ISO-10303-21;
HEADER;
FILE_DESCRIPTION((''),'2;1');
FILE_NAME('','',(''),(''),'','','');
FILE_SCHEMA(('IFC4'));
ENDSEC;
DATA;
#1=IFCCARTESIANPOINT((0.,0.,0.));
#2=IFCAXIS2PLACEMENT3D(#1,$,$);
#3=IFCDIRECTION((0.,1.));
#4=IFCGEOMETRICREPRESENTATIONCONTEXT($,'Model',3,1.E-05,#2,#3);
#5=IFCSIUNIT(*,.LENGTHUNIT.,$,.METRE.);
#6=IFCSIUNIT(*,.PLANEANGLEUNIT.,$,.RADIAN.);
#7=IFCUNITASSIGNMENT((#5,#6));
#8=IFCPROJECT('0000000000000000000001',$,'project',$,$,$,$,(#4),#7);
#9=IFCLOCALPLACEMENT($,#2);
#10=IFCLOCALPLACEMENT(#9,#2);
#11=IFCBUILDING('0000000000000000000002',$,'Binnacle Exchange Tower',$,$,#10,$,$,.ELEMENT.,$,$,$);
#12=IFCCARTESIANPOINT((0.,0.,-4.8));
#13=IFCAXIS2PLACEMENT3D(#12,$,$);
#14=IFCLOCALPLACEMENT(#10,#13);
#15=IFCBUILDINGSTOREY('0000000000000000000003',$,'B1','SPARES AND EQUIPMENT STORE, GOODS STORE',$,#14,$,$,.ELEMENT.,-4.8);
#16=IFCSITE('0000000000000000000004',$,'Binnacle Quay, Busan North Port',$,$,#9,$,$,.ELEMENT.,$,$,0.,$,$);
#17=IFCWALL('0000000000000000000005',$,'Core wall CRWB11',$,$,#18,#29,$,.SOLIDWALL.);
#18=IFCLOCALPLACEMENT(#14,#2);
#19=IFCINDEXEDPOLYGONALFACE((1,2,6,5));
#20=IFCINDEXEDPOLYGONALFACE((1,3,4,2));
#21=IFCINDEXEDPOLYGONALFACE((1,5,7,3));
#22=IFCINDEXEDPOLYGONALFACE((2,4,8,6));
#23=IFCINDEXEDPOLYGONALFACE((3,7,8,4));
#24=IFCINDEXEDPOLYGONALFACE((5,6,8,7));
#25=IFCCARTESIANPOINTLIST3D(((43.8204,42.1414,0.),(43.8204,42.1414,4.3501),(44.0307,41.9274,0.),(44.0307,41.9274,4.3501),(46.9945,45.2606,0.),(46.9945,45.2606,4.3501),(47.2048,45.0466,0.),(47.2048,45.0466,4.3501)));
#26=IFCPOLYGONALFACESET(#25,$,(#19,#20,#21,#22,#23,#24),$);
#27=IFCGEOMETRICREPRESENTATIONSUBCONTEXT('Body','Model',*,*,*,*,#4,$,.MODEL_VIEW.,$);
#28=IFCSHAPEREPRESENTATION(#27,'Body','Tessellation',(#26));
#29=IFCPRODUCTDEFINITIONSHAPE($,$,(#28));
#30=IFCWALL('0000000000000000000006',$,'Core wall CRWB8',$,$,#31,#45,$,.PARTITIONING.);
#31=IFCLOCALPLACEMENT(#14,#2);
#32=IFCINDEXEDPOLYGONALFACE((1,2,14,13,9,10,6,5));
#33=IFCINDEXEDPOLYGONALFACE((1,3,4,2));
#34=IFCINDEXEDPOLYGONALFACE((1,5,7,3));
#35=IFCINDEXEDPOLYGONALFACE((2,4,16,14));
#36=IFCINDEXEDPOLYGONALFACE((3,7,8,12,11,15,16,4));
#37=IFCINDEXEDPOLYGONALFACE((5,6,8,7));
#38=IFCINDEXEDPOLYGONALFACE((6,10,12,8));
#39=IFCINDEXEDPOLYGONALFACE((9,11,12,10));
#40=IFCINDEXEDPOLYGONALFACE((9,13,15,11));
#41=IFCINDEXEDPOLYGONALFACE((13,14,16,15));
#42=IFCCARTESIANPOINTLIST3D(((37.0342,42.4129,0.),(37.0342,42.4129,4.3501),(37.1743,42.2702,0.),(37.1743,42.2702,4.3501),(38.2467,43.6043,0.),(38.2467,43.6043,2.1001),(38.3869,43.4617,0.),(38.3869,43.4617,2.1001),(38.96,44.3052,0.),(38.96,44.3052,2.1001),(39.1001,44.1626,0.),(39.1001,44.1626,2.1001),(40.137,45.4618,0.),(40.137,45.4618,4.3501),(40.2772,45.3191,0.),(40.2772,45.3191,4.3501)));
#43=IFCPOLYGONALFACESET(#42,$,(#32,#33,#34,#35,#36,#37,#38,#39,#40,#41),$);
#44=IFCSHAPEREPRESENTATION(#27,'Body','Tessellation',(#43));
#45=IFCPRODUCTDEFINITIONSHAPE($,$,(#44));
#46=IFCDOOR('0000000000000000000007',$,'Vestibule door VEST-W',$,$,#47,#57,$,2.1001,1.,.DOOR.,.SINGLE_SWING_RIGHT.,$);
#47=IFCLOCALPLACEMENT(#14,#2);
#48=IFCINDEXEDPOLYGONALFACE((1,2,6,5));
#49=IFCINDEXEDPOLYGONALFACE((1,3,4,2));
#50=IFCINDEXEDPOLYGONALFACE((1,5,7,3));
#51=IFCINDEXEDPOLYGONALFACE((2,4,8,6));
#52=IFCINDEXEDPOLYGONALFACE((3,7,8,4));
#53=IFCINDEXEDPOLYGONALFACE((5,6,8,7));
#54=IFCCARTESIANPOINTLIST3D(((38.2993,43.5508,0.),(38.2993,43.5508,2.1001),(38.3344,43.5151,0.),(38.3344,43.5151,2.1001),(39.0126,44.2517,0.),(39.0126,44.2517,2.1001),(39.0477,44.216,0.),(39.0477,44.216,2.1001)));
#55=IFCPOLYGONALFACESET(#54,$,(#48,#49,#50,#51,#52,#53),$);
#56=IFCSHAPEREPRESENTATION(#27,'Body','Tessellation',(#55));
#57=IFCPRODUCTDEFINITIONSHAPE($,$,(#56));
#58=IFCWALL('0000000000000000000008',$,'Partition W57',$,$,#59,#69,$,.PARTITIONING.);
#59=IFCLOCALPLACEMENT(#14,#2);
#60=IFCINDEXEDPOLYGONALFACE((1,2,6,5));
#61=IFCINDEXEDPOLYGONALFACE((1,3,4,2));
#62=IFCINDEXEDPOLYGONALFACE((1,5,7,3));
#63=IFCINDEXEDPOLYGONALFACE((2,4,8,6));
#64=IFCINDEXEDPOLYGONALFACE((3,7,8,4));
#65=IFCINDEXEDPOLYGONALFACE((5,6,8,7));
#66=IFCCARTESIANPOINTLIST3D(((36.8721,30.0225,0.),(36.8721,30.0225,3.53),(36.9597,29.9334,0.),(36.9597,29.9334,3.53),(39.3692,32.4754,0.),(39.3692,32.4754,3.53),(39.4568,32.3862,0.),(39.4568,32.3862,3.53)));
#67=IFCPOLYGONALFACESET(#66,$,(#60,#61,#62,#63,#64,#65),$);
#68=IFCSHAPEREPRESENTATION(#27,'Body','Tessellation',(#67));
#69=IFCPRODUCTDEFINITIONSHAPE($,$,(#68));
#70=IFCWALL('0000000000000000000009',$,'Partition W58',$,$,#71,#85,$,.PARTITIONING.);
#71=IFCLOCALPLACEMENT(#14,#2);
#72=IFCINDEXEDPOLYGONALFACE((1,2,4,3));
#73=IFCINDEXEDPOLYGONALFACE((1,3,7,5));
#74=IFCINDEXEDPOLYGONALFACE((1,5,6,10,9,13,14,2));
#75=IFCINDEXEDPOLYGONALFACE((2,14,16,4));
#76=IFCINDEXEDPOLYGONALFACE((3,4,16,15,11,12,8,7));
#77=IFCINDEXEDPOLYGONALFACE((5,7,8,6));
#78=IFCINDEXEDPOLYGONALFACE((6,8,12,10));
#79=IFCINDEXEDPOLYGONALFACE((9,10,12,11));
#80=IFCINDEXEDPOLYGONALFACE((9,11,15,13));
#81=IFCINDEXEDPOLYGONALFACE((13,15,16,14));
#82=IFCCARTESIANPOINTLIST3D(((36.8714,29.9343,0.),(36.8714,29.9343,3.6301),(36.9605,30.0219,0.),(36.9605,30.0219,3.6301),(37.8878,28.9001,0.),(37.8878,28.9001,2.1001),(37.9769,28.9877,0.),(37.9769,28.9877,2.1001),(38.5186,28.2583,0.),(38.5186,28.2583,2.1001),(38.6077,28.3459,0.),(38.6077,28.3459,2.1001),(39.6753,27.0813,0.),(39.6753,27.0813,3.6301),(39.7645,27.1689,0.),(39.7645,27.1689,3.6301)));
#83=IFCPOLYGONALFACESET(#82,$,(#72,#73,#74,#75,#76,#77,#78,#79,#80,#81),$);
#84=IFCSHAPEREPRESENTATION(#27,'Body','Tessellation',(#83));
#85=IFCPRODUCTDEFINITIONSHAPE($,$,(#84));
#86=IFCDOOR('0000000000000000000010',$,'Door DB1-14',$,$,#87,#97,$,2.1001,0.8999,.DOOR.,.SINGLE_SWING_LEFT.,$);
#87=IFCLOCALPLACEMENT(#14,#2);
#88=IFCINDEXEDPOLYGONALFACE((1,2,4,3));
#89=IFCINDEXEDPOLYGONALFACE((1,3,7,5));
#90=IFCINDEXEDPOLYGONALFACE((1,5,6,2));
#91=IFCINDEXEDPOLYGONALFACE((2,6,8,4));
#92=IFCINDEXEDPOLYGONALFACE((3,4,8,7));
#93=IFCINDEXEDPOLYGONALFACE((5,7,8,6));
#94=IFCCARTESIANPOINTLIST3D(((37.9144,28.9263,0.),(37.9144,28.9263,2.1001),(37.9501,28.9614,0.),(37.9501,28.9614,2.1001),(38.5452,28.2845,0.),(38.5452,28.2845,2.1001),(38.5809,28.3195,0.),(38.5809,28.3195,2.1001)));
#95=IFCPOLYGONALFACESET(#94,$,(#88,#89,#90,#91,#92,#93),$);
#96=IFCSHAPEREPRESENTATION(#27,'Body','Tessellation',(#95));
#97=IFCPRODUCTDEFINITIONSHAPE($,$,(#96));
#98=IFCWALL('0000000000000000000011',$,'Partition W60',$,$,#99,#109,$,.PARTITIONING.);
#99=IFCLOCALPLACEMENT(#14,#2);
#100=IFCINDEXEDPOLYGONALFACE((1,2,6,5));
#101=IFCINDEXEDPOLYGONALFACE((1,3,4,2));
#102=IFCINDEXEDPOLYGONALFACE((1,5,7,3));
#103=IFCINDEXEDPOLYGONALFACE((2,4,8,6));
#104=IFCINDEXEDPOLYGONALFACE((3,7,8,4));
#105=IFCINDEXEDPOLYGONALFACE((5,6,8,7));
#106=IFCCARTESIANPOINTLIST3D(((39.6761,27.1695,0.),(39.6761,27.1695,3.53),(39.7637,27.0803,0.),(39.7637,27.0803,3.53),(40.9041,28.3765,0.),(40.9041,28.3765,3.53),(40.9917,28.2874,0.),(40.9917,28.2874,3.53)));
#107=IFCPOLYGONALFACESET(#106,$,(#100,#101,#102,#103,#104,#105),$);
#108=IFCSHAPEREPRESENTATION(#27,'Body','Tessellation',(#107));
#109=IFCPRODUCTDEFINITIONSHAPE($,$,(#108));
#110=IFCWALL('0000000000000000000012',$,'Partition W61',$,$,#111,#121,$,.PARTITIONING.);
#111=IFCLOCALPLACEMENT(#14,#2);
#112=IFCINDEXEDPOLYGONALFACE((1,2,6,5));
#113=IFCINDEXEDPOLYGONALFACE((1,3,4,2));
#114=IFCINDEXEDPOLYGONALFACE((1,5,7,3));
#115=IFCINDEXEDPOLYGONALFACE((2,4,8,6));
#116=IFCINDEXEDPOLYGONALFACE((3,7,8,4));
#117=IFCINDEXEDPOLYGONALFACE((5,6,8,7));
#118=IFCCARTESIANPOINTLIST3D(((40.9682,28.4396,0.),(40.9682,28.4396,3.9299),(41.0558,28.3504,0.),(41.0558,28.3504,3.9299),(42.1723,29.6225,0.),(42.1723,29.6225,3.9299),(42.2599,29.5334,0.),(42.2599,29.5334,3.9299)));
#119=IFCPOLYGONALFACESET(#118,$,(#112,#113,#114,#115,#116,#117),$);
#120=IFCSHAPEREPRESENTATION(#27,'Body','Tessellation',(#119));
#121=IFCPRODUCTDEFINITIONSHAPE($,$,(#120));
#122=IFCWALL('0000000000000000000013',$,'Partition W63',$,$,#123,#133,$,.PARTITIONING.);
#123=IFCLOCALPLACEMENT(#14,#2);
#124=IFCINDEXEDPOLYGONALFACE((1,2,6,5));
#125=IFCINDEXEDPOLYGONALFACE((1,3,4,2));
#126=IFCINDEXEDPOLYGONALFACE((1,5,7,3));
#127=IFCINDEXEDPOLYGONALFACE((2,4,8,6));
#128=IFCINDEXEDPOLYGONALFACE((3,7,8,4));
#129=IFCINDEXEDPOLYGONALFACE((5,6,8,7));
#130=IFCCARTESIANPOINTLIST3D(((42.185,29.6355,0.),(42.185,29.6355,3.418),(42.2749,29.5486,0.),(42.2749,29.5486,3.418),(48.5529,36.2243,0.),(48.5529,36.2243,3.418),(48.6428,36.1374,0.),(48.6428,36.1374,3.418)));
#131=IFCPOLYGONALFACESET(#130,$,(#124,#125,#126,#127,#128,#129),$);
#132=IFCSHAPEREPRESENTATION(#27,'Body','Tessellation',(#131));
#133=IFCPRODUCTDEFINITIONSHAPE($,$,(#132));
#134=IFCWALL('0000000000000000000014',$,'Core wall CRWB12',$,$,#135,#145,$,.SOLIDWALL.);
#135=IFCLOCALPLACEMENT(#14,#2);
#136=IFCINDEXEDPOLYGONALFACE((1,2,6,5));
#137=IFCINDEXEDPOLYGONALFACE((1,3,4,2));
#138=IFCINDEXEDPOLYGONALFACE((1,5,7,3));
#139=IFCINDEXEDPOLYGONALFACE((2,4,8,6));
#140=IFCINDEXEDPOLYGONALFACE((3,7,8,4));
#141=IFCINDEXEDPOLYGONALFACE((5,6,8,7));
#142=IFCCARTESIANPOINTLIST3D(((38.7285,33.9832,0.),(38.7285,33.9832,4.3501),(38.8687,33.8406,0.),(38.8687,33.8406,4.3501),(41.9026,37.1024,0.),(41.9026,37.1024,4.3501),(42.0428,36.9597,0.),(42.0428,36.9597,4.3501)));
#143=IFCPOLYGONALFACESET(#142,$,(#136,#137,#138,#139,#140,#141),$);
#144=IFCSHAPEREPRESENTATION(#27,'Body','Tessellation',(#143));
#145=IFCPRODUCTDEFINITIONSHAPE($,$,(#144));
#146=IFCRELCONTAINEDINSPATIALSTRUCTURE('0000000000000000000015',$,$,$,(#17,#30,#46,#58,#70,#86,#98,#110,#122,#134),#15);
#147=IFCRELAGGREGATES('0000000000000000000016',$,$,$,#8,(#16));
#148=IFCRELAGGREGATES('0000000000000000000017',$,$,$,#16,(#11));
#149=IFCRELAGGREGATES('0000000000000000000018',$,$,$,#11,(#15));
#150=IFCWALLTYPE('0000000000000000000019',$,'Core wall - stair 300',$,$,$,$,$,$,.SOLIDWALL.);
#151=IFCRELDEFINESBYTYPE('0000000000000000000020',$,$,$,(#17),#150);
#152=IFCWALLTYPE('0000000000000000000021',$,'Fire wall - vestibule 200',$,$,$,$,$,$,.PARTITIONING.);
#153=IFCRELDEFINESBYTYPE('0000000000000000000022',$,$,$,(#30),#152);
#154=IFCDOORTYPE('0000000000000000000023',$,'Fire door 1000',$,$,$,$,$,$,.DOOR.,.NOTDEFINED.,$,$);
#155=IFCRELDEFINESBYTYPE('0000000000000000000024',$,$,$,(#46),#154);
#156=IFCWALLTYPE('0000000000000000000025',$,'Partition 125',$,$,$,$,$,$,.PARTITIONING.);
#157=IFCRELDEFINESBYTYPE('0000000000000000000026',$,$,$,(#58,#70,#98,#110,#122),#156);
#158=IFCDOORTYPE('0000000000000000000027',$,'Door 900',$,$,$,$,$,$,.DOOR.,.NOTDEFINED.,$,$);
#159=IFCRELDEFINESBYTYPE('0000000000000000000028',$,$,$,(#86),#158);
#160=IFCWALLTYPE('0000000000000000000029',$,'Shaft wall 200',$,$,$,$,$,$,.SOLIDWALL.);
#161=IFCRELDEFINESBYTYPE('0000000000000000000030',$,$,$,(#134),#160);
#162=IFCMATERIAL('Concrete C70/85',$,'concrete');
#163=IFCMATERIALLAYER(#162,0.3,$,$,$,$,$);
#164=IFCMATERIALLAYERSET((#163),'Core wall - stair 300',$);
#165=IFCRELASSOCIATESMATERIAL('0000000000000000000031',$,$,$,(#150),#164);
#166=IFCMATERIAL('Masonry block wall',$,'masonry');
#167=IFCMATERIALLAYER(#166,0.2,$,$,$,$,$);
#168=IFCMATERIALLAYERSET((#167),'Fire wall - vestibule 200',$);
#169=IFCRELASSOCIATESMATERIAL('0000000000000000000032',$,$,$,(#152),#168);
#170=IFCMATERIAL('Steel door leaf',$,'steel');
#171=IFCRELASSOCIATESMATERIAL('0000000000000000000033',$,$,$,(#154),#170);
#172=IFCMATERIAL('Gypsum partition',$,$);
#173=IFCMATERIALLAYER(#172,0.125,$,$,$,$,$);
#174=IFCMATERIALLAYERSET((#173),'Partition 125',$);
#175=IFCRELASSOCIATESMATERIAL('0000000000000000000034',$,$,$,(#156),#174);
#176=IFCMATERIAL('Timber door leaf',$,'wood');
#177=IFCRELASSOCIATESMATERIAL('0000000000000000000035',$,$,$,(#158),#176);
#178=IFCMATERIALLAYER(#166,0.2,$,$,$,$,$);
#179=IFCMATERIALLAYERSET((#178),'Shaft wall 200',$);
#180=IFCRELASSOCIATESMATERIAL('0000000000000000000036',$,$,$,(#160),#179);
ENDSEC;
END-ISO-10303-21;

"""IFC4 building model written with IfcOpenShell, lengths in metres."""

from ifc_helpers import new_model, si_unit, direction, frame, frame_2d, origin, place, context, subcontext, project, spatial, rectangle, extrude, material, layer, layer_set, type_object, element, fill, save


model = new_model("IFC4")

# Units and contexts
model_context = context("Model", 3, precision=1e-05, world=origin(), true_north=direction((0.0, 1.0)))
body_context = subcontext(model_context, "Body", "Model", "MODEL_VIEW")
ifc_project = project(units=[si_unit("LENGTHUNIT", "METRE"), si_unit("PLANEANGLEUNIT", "RADIAN")], contexts=[model_context])

# Site, building, storey
site_placement = place(None, origin())
site = spatial("IfcSite", under=ifc_project, at=site_placement, Name="Binnacle Quay, Busan North Port", CompositionType="ELEMENT", RefElevation=0.0)
building_placement = place(site_placement, origin())
building = spatial("IfcBuilding", under=site, at=building_placement, Name="Binnacle Exchange Tower", CompositionType="ELEMENT")
storey_placement = place(building_placement, frame((0.0, 0.0, -4.8)))
storey = spatial("IfcBuildingStorey", under=building, at=storey_placement, Name="B1", Description="SPARES AND EQUIPMENT STORE, GOODS STORE", CompositionType="ELEMENT", Elevation=-4.8)

# Shared definitions
ifc_material_1 = material(Name="Concrete C70/85", Category="concrete")

# Shared definitions
ifc_material_2 = material(Name="Steel door leaf", Category="steel")

# Wall
ifc_layer_1 = layer(ifc_material_1, 0.3)
ifc_layer_set_1 = layer_set([ifc_layer_1], Name="Core wall - stair 300")
wall_type_1 = type_object("IfcWallType", Name="Core wall - stair 300", PredefinedType="SOLIDWALL", material=ifc_layer_set_1)
wall_1_placement = place(storey_placement, frame((43.9255, 42.0344, 0.0), z_axis=(0.0, 0.0, 1.0), x_axis=(0.713252, 0.700908, 0.0)))
element("IfcWall", 1, at=wall_1_placement, inside=storey, type_object=wall_type_1, Name="Core wall CRWB11", PredefinedType="SOLIDWALL", context=body_context, shape_type="SweptSolid", body=[
    extrude(rectangle(XDim=4.4502, YDim=0.3, at=frame_2d((2.2251, 0.0))), origin(), (0.0, 0.0, 1.0), 4.3501),
])

# Wall, opening, door
ifc_material_3 = material(Name="Masonry block wall", Category="masonry")
ifc_layer_2 = layer(ifc_material_3, 0.2)
ifc_layer_set_2 = layer_set([ifc_layer_2], Name="Fire wall - vestibule 200")
wall_type_2 = type_object("IfcWallType", Name="Fire wall - vestibule 200", PredefinedType="PARTITIONING", material=ifc_layer_set_2)
wall_2_placement = place(storey_placement, frame((37.1042, 42.3416, 0.0), z_axis=(0.0, 0.0, 1.0), x_axis=(0.713281, 0.700878, 0.0)))
wall_2 = element("IfcWall", 2, at=wall_2_placement, inside=storey, type_object=wall_type_2, Name="Core wall CRWB8", PredefinedType="PARTITIONING", context=body_context, shape_type="SweptSolid", body=[
    extrude(rectangle(XDim=4.3501, YDim=0.2, at=frame_2d((2.175, 0.0))), origin(), (0.0, 0.0, 1.0), 4.3501),
])
opening_1_placement = place(wall_2_placement, frame((1.7, 0.0, 0.0)))
opening_1 = element("IfcOpeningElement", 3, at=opening_1_placement, cuts=wall_2, PredefinedType="OPENING", context=body_context, shape_type="SweptSolid", body=[
    extrude(rectangle(XDim=1.0, YDim=2.1001, at=frame_2d((0.5, 1.05))), frame((0.0, 0.1099, 0.0), z_axis=(0.0, -1.0, 0.0), x_axis=(1.0, 0.0, 0.0)), (0.0, 0.0, 1.0), 0.22),
])
door_type_1 = type_object("IfcDoorType", Name="Fire door 1000", OperationType="NOTDEFINED", PredefinedType="DOOR", material=ifc_material_2)
door_1_placement = place(opening_1_placement, origin())
door_1 = element("IfcDoor", 4, at=door_1_placement, inside=storey, type_object=door_type_1, Name="Vestibule door VEST-W", OperationType="SINGLE_SWING_RIGHT", OverallHeight=2.1001, OverallWidth=1.0, PredefinedType="DOOR", context=body_context, shape_type="SweptSolid", body=[
    extrude(rectangle(XDim=1.0, YDim=2.1001, at=frame_2d((0.5, 1.05))), frame((0.0, 0.0249, 0.0), z_axis=(0.0, -1.0, 0.0), x_axis=(1.0, 0.0, 0.0)), (0.0, 0.0, 1.0), 0.05),
])
fill(opening_1, door_1)

# Wall
ifc_material_4 = material(Name="Gypsum partition")
ifc_layer_3 = layer(ifc_material_4, 0.125)
ifc_layer_set_3 = layer_set([ifc_layer_3], Name="Partition 125")
wall_type_3 = type_object("IfcWallType", Name="Partition 125", PredefinedType="PARTITIONING", material=ifc_layer_set_3)
wall_3_placement = place(storey_placement, frame((36.916, 29.978, 0.0), z_axis=(0.0, 0.0, 1.0), x_axis=(0.713391, 0.700766, 0.0)))
element("IfcWall", 5, at=wall_3_placement, inside=storey, type_object=wall_type_3, Name="Partition W57", PredefinedType="PARTITIONING", context=body_context, shape_type="SweptSolid", body=[
    extrude(rectangle(XDim=3.5002, YDim=0.125, at=frame_2d((1.75, 0.0))), origin(), (0.0, 0.0, 1.0), 3.53),
])

# Wall, opening, door
wall_4_placement = place(storey_placement, frame((36.916, 29.978, 0.0), z_axis=(0.0, 0.0, 1.0), x_axis=(0.700947, -0.713214, 0.0)))
wall_4 = element("IfcWall", 6, at=wall_4_placement, inside=storey, type_object=wall_type_3, Name="Partition W58", PredefinedType="PARTITIONING", context=body_context, shape_type="SweptSolid", body=[
    extrude(rectangle(XDim=4.0002, YDim=0.125, at=frame_2d((2.0, 0.0))), origin(), (0.0, 0.0, 1.0), 3.6301),
])
opening_2_placement = place(wall_4_placement, frame((1.45, 0.0, 0.0)))
opening_2 = element("IfcOpeningElement", 7, at=opening_2_placement, cuts=wall_4, PredefinedType="OPENING", context=body_context, shape_type="SweptSolid", body=[
    extrude(rectangle(XDim=0.8999, YDim=2.1001, at=frame_2d((0.45, 1.05))), frame((0.0, 0.0725, 0.0), z_axis=(0.0, -1.0, 0.0), x_axis=(1.0, 0.0, 0.0)), (0.0, 0.0, 1.0), 0.145),
])
ifc_material_5 = material(Name="Timber door leaf", Category="wood")
door_type_2 = type_object("IfcDoorType", Name="Door 900", OperationType="NOTDEFINED", PredefinedType="DOOR", material=ifc_material_5)
door_2_placement = place(opening_2_placement, origin())
door_2 = element("IfcDoor", 8, at=door_2_placement, inside=storey, type_object=door_type_2, Name="Door DB1-14", OperationType="SINGLE_SWING_LEFT", OverallHeight=2.1001, OverallWidth=0.8999, PredefinedType="DOOR", context=body_context, shape_type="SweptSolid", body=[
    extrude(rectangle(XDim=0.8999, YDim=2.1001, at=frame_2d((0.45, 1.05))), frame((0.0, 0.0249, 0.0), z_axis=(0.0, -1.0, 0.0), x_axis=(1.0, 0.0, 0.0)), (0.0, 0.0, 1.0), 0.05),
])
fill(opening_2, door_2)

# Walls
wall_5_placement = place(storey_placement, frame((39.72, 27.125, 0.0), z_axis=(0.0, 0.0, 1.0), x_axis=(0.713177, 0.700984, 0.0)))
element("IfcWall", 9, at=wall_5_placement, inside=storey, type_object=wall_type_3, Name="Partition W60", PredefinedType="PARTITIONING", context=body_context, shape_type="SweptSolid", body=[
    extrude(rectangle(XDim=1.7219, YDim=0.125, at=frame_2d((0.8608, 0.0))), origin(), (0.0, 0.0, 1.0), 3.53),
])
wall_6_placement = place(storey_placement, frame((41.012, 28.395, 0.0), z_axis=(0.0, 0.0, 1.0), x_axis=(0.713371, 0.700787, 0.0)))
element("IfcWall", 10, at=wall_6_placement, inside=storey, type_object=wall_type_3, Name="Partition W61", PredefinedType="PARTITIONING", context=body_context, shape_type="SweptSolid", body=[
    extrude(rectangle(XDim=1.688, YDim=0.125, at=frame_2d((0.844, 0.0))), origin(), (0.0, 0.0, 1.0), 3.9299),
])
wall_7_placement = place(storey_placement, frame((42.23, 29.592, 0.0), z_axis=(0.0, 0.0, 1.0), x_axis=(0.694948, 0.71906, 0.0)))
element("IfcWall", 11, at=wall_7_placement, inside=storey, type_object=wall_type_3, Name="Partition W63", PredefinedType="PARTITIONING", context=body_context, shape_type="SweptSolid", body=[
    extrude(rectangle(XDim=9.1631, YDim=0.125, at=frame_2d((4.5815, 0.0))), origin(), (0.0, 0.0, 1.0), 3.418),
])
ifc_layer_4 = layer(ifc_material_3, 0.2)
ifc_layer_set_4 = layer_set([ifc_layer_4], Name="Shaft wall 200")
wall_type_4 = type_object("IfcWallType", Name="Shaft wall 200", PredefinedType="SOLIDWALL", material=ifc_layer_set_4)
wall_8_placement = place(storey_placement, frame((38.7986, 33.9119, 0.0), z_axis=(0.0, 0.0, 1.0), x_axis=(0.713252, 0.700908, 0.0)))
element("IfcWall", 12, at=wall_8_placement, inside=storey, type_object=wall_type_4, Name="Core wall CRWB12", PredefinedType="SOLIDWALL", context=body_context, shape_type="SweptSolid", body=[
    extrude(rectangle(XDim=4.4502, YDim=0.2, at=frame_2d((2.2251, 0.0))), origin(), (0.0, 0.0, 1.0), 4.3501),
])

save(model, "model.ifc")
